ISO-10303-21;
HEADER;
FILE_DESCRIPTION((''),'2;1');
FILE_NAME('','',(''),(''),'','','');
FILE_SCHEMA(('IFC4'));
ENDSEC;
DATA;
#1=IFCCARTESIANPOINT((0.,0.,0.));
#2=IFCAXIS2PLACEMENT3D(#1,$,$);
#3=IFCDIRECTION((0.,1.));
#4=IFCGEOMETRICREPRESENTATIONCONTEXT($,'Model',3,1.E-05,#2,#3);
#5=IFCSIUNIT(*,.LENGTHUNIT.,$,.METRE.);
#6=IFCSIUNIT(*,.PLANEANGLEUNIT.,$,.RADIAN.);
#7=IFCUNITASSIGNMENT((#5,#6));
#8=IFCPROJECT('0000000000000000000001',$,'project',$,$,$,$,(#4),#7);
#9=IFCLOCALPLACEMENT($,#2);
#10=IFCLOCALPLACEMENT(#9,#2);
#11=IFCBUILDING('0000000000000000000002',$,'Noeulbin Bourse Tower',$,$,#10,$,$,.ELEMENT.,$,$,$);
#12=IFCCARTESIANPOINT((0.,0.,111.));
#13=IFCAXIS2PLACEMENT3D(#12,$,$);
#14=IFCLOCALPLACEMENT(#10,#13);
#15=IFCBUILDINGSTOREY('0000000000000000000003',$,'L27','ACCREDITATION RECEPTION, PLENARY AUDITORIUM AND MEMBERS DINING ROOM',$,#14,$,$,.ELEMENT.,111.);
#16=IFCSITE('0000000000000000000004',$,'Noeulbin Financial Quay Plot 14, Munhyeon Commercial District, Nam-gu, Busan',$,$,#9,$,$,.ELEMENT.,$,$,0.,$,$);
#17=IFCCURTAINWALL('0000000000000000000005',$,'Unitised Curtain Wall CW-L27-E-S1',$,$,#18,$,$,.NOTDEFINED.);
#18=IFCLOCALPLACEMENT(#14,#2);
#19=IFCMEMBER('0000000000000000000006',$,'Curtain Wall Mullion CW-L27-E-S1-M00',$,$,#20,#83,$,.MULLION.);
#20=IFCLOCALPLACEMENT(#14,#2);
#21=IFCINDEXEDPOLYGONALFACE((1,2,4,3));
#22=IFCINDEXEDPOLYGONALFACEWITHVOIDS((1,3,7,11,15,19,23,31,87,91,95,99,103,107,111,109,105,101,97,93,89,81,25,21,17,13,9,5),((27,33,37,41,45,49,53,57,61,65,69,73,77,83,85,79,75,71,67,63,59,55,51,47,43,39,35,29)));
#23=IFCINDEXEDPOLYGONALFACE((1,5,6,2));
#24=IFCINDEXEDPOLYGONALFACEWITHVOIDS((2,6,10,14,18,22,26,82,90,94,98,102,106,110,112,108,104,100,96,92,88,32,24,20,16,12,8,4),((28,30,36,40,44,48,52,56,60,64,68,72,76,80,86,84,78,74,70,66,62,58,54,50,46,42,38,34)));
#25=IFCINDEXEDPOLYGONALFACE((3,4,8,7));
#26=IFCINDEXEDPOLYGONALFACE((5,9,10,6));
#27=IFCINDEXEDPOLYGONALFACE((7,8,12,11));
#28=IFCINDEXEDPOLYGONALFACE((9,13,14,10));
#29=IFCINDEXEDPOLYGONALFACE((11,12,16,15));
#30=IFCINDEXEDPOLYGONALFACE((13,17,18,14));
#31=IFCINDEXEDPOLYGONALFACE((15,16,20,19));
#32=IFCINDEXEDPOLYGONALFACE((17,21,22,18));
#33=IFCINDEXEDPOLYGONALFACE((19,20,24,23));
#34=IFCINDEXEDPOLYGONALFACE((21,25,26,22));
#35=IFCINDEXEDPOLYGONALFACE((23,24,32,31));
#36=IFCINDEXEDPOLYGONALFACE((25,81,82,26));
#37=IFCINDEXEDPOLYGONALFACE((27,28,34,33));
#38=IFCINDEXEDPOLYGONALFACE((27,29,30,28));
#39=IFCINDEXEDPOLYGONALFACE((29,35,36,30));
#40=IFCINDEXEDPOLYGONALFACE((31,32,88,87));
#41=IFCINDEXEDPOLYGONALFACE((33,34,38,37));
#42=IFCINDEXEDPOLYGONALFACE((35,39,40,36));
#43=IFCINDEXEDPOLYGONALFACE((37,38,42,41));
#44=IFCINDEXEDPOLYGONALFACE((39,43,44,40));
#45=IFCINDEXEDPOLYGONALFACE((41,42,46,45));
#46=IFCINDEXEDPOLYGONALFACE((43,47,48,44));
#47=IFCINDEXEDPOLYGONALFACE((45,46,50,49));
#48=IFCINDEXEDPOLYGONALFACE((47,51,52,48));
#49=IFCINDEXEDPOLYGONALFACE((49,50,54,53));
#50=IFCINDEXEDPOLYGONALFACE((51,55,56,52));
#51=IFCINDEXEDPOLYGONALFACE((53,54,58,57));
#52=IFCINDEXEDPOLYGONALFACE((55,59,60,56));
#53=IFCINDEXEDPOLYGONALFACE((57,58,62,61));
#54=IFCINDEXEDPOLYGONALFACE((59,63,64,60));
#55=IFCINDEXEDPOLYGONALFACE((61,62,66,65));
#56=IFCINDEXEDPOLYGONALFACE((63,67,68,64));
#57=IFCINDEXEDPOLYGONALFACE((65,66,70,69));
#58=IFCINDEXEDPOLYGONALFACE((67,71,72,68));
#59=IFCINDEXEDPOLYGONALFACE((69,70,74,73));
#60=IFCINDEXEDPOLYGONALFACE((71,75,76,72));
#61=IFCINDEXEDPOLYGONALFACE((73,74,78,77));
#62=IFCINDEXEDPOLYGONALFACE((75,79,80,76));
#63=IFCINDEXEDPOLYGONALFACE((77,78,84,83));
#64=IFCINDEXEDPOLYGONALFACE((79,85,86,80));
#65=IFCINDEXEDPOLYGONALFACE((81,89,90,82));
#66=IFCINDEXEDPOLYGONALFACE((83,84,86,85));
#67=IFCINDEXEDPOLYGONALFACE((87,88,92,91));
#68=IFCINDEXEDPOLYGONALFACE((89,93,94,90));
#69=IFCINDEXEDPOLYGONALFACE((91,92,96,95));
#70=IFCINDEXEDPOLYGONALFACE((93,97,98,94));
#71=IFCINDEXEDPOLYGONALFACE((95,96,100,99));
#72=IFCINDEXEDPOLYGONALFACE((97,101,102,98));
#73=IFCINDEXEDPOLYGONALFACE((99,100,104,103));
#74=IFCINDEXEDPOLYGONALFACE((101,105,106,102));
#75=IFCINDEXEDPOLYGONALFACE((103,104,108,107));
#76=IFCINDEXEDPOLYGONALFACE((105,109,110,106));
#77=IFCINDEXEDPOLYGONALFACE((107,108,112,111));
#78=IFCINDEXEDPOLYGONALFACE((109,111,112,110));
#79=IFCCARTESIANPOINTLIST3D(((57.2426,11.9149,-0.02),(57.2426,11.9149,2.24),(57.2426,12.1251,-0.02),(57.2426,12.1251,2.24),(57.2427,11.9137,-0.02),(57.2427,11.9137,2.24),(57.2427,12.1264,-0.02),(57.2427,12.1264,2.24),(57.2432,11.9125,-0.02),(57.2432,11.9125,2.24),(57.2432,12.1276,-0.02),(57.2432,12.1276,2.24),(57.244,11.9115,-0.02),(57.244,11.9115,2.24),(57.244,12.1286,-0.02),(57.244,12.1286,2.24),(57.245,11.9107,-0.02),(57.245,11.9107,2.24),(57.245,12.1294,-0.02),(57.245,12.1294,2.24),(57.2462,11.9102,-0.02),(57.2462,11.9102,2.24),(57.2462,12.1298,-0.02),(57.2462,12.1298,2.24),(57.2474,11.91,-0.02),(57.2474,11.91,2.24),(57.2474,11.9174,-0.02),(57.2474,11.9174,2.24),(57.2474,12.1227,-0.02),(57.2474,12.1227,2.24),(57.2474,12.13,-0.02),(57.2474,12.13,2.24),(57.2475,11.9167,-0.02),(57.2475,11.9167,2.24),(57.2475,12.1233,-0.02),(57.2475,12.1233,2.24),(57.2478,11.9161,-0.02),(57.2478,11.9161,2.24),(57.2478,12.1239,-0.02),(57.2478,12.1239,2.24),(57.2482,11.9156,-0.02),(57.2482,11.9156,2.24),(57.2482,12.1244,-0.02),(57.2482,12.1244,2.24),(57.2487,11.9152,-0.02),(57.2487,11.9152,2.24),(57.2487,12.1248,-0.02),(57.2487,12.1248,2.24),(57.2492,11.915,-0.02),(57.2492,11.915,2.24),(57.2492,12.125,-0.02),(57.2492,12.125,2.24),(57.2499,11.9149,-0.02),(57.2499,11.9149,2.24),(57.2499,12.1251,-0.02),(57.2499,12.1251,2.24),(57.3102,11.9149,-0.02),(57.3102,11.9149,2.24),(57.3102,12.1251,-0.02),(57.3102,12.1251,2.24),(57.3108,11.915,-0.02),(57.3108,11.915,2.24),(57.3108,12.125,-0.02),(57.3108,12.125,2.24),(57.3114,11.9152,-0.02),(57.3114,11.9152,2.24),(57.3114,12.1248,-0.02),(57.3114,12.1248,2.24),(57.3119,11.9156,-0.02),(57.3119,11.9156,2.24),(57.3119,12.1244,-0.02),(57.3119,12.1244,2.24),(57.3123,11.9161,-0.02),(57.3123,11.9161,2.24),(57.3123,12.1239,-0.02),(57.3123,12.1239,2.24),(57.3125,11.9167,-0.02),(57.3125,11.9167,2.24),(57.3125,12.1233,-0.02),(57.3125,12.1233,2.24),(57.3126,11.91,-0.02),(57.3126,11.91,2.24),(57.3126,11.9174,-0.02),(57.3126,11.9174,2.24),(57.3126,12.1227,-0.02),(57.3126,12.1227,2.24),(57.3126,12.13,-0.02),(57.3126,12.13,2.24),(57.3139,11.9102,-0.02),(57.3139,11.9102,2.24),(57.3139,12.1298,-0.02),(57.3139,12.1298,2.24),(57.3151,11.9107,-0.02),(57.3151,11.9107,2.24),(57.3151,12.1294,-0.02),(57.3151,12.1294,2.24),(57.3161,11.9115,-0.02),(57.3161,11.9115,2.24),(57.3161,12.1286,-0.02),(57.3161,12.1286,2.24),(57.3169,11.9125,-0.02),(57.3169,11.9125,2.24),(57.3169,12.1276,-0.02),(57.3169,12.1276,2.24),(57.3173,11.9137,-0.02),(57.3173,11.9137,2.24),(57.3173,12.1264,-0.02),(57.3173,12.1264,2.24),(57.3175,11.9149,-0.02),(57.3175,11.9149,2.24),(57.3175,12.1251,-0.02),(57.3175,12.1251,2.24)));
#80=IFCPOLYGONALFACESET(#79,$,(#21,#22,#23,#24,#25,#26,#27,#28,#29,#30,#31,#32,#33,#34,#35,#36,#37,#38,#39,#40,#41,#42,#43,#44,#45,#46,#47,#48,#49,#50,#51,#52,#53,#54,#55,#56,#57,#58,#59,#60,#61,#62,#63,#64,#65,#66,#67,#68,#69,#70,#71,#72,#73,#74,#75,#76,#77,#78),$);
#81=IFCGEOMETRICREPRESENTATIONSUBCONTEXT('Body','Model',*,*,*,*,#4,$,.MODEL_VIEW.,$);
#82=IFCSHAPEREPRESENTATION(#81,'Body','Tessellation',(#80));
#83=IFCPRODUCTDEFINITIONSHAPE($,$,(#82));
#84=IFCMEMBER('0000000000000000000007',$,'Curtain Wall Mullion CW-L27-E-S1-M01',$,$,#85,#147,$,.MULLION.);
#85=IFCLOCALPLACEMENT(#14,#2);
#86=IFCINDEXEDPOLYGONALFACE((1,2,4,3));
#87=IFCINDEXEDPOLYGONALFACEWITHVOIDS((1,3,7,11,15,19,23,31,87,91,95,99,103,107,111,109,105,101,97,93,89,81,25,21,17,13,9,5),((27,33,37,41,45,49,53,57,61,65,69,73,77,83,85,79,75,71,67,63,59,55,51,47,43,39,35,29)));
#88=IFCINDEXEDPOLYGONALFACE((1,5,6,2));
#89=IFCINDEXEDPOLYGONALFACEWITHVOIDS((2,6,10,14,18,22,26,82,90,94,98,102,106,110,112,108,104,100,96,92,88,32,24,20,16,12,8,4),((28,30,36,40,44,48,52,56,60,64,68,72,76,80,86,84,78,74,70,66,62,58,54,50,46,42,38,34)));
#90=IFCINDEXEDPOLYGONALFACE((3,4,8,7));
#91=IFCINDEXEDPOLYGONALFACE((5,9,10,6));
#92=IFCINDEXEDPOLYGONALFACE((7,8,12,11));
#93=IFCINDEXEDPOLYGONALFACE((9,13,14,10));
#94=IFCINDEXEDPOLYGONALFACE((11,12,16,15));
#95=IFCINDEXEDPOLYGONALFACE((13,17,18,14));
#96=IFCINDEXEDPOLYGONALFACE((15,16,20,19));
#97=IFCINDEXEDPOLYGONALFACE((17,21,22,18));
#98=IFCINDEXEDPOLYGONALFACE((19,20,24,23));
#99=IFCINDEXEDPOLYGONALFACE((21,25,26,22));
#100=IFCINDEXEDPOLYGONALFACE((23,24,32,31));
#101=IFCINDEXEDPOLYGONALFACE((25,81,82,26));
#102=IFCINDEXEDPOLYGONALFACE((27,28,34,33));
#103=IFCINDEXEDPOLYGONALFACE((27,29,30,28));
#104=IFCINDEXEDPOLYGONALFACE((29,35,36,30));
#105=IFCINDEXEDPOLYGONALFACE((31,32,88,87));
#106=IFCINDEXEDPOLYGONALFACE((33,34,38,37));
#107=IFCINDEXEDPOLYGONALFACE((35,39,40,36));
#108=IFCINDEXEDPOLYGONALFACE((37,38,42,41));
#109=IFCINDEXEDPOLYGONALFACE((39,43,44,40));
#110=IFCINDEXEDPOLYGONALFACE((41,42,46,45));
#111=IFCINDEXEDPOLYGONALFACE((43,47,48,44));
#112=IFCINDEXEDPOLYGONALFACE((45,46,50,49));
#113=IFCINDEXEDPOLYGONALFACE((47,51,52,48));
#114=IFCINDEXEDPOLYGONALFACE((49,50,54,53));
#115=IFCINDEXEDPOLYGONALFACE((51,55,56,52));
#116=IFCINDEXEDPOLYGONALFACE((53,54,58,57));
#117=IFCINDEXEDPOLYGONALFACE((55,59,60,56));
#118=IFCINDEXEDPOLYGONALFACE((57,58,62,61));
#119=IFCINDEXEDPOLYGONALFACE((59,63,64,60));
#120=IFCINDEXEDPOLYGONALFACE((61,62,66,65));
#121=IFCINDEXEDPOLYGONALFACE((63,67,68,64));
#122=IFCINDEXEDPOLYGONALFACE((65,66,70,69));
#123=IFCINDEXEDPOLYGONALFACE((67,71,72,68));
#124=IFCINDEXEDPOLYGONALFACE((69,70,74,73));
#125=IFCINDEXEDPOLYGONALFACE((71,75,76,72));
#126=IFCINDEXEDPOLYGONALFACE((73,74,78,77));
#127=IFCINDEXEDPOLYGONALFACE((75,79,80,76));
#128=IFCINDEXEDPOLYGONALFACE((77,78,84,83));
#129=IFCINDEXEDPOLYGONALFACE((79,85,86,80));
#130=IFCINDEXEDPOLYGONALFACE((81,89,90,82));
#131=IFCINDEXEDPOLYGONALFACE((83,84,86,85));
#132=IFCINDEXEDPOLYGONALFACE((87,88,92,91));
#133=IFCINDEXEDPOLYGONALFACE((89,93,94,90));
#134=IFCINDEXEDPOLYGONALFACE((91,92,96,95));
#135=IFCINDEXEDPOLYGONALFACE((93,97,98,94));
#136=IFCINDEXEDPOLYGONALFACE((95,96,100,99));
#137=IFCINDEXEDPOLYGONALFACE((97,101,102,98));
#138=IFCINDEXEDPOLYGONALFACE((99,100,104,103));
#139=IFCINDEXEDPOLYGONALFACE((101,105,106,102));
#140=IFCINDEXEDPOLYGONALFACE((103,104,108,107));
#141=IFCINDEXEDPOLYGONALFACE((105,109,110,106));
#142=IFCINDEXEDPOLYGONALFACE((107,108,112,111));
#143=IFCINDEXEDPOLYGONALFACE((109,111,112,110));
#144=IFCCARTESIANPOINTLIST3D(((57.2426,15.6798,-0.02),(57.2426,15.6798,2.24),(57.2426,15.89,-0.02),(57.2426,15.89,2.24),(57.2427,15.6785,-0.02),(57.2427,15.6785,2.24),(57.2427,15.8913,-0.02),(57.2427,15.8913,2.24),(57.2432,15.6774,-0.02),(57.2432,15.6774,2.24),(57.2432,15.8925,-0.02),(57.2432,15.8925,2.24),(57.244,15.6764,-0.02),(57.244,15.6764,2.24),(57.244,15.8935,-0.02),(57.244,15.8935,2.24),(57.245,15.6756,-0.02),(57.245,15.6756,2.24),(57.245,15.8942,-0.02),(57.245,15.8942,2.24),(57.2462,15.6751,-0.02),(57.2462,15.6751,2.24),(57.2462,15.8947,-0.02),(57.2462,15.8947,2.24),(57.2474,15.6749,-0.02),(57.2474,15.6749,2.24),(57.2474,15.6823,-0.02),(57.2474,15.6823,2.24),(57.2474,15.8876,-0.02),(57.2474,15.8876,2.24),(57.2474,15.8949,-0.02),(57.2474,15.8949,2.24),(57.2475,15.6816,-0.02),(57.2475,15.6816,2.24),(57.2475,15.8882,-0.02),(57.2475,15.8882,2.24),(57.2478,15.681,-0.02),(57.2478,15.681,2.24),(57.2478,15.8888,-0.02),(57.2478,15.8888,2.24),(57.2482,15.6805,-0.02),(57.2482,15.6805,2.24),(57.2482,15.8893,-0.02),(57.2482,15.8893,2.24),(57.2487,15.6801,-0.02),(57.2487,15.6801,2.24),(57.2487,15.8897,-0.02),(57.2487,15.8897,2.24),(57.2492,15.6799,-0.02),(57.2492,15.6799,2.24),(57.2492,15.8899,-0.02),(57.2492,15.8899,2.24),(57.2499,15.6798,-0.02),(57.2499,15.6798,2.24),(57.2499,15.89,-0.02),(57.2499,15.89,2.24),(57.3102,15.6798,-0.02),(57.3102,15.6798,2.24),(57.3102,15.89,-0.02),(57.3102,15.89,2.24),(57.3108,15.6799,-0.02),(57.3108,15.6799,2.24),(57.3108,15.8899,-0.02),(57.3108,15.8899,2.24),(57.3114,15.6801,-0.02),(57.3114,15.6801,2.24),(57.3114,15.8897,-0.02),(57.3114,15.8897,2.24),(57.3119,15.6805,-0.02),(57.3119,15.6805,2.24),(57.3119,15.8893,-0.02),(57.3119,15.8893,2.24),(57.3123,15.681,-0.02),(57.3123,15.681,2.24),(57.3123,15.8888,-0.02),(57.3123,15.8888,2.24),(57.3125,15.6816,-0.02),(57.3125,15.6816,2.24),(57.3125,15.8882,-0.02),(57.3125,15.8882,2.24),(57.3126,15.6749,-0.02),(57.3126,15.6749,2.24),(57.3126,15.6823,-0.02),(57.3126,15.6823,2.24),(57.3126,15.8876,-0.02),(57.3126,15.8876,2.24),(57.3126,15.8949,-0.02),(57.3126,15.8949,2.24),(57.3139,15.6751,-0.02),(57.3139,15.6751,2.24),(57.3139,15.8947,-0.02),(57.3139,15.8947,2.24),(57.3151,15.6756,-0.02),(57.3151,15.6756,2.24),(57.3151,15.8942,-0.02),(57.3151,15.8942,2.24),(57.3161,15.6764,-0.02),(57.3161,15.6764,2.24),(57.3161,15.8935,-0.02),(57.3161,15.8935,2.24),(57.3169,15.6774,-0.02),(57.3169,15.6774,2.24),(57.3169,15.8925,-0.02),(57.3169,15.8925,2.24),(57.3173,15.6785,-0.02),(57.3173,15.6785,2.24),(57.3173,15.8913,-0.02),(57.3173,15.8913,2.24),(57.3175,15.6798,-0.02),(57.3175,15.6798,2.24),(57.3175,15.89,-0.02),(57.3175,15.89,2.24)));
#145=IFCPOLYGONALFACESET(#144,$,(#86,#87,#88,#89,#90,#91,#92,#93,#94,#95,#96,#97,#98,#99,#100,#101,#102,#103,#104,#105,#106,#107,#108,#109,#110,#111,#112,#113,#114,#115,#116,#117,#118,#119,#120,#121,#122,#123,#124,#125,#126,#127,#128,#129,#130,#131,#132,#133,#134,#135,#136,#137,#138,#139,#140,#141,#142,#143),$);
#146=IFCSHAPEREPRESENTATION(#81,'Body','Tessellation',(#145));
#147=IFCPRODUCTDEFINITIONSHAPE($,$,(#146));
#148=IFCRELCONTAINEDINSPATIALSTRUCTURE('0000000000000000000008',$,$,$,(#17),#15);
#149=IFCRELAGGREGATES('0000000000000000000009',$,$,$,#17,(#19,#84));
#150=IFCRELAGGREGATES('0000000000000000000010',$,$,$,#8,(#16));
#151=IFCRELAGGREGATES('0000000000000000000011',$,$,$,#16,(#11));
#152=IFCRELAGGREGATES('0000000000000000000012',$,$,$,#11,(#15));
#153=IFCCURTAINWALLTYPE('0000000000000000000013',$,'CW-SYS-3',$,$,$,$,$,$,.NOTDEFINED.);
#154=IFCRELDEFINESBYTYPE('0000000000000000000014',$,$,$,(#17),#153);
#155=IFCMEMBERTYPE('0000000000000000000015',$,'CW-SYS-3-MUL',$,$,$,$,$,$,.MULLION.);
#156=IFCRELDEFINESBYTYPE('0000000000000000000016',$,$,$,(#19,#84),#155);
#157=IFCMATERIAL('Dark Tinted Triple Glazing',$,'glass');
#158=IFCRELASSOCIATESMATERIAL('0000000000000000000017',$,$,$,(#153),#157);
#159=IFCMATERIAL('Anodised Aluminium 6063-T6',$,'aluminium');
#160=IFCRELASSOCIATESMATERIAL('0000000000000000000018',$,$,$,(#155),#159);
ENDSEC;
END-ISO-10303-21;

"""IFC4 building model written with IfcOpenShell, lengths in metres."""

from ifc_helpers import new_model, si_unit, direction, frame, origin, origin_2d, place, context, subcontext, project, spatial, hollow_rectangle, extrude, material, material_profile, profile_set, type_object, element, aggregate, save


model = new_model("IFC4")

# Units and contexts
model_context = context("Model", 3, precision=1e-05, world=origin(), true_north=direction((0.0, 1.0)))
body_context = subcontext(model_context, "Body", "Model", "MODEL_VIEW")
ifc_project = project(units=[si_unit("LENGTHUNIT", "METRE"), si_unit("PLANEANGLEUNIT", "RADIAN")], contexts=[model_context])

# Site, building, storey
site_placement = place(None, origin())
site = spatial("IfcSite", under=ifc_project, at=site_placement, Name="Noeulbin Financial Quay Plot 14, Munhyeon Commercial District, Nam-gu, Busan", CompositionType="ELEMENT", RefElevation=0.0)
building_placement = place(site_placement, origin())
building = spatial("IfcBuilding", under=site, at=building_placement, Name="Noeulbin Bourse Tower", CompositionType="ELEMENT")
storey_placement = place(building_placement, frame((0.0, 0.0, 111.0)))
storey = spatial("IfcBuildingStorey", under=building, at=storey_placement, Name="L27", Description="ACCREDITATION RECEPTION, PLENARY AUDITORIUM AND MEMBERS DINING ROOM", CompositionType="ELEMENT", Elevation=111.0)

# Shared definitions
ifc_material_1 = material(Name="Dark Tinted Triple Glazing", Category="glass")
curtain_wall_type = type_object("IfcCurtainWallType", Name="CW-SYS-3", PredefinedType="NOTDEFINED", material=ifc_material_1)
ifc_material_2 = material(Name="Anodised Aluminium 6063-T6", Category="aluminium")
ifc_material_profile_1 = material_profile(ifc_material_2, hollow_rectangle(XDim=0.075, YDim=0.22, WallThickness=0.0049, InnerFilletRadius=0.0024, OuterFilletRadius=0.0049, at=origin_2d()), Name="ALU-MULL-75x220x5", Category="LoadBearing")
ifc_profile_set_1 = profile_set([ifc_material_profile_1], Name="Anodised Aluminium 6063-T6")
member_type_1 = type_object("IfcMemberType", Name="CW-SYS-3-MUL", PredefinedType="MULLION", material=ifc_profile_set_1)

# Curtain wall, members
curtain_wall_1_placement = place(storey_placement, origin())
curtain_wall_1 = element("IfcCurtainWall", 1, at=curtain_wall_1_placement, inside=storey, type_object=curtain_wall_type, Name="Unitised Curtain Wall CW-L27-E-S1", PredefinedType="NOTDEFINED")
member_1_placement = place(storey_placement, frame((57.28, 12.02, -0.02), z_axis=(0.0, 0.0, 1.0), x_axis=(1.0, 0.0, 0.0)))
member_1 = element("IfcMember", 2, at=member_1_placement, type_object=member_type_1, Name="Curtain Wall Mullion CW-L27-E-S1-M00", PredefinedType="MULLION", context=body_context, shape_type="SweptSolid", body=[
    extrude(hollow_rectangle(XDim=0.075, YDim=0.22, WallThickness=0.0049, InnerFilletRadius=0.0024, OuterFilletRadius=0.0049, at=origin_2d()), origin(), (0.0, 0.0, 1.0), 2.26),
])
member_2_placement = place(storey_placement, frame((57.28, 15.7849, -0.02), z_axis=(0.0, 0.0, 1.0), x_axis=(1.0, 0.0, 0.0)))
member_2 = element("IfcMember", 3, at=member_2_placement, type_object=member_type_1, Name="Curtain Wall Mullion CW-L27-E-S1-M01", PredefinedType="MULLION", context=body_context, shape_type="SweptSolid", body=[
    extrude(hollow_rectangle(XDim=0.075, YDim=0.22, WallThickness=0.0049, InnerFilletRadius=0.0024, OuterFilletRadius=0.0049, at=origin_2d()), origin(), (0.0, 0.0, 1.0), 2.26),
])

aggregate(curtain_wall_1, [member_1, member_2])

save(model, "model.ifc")
